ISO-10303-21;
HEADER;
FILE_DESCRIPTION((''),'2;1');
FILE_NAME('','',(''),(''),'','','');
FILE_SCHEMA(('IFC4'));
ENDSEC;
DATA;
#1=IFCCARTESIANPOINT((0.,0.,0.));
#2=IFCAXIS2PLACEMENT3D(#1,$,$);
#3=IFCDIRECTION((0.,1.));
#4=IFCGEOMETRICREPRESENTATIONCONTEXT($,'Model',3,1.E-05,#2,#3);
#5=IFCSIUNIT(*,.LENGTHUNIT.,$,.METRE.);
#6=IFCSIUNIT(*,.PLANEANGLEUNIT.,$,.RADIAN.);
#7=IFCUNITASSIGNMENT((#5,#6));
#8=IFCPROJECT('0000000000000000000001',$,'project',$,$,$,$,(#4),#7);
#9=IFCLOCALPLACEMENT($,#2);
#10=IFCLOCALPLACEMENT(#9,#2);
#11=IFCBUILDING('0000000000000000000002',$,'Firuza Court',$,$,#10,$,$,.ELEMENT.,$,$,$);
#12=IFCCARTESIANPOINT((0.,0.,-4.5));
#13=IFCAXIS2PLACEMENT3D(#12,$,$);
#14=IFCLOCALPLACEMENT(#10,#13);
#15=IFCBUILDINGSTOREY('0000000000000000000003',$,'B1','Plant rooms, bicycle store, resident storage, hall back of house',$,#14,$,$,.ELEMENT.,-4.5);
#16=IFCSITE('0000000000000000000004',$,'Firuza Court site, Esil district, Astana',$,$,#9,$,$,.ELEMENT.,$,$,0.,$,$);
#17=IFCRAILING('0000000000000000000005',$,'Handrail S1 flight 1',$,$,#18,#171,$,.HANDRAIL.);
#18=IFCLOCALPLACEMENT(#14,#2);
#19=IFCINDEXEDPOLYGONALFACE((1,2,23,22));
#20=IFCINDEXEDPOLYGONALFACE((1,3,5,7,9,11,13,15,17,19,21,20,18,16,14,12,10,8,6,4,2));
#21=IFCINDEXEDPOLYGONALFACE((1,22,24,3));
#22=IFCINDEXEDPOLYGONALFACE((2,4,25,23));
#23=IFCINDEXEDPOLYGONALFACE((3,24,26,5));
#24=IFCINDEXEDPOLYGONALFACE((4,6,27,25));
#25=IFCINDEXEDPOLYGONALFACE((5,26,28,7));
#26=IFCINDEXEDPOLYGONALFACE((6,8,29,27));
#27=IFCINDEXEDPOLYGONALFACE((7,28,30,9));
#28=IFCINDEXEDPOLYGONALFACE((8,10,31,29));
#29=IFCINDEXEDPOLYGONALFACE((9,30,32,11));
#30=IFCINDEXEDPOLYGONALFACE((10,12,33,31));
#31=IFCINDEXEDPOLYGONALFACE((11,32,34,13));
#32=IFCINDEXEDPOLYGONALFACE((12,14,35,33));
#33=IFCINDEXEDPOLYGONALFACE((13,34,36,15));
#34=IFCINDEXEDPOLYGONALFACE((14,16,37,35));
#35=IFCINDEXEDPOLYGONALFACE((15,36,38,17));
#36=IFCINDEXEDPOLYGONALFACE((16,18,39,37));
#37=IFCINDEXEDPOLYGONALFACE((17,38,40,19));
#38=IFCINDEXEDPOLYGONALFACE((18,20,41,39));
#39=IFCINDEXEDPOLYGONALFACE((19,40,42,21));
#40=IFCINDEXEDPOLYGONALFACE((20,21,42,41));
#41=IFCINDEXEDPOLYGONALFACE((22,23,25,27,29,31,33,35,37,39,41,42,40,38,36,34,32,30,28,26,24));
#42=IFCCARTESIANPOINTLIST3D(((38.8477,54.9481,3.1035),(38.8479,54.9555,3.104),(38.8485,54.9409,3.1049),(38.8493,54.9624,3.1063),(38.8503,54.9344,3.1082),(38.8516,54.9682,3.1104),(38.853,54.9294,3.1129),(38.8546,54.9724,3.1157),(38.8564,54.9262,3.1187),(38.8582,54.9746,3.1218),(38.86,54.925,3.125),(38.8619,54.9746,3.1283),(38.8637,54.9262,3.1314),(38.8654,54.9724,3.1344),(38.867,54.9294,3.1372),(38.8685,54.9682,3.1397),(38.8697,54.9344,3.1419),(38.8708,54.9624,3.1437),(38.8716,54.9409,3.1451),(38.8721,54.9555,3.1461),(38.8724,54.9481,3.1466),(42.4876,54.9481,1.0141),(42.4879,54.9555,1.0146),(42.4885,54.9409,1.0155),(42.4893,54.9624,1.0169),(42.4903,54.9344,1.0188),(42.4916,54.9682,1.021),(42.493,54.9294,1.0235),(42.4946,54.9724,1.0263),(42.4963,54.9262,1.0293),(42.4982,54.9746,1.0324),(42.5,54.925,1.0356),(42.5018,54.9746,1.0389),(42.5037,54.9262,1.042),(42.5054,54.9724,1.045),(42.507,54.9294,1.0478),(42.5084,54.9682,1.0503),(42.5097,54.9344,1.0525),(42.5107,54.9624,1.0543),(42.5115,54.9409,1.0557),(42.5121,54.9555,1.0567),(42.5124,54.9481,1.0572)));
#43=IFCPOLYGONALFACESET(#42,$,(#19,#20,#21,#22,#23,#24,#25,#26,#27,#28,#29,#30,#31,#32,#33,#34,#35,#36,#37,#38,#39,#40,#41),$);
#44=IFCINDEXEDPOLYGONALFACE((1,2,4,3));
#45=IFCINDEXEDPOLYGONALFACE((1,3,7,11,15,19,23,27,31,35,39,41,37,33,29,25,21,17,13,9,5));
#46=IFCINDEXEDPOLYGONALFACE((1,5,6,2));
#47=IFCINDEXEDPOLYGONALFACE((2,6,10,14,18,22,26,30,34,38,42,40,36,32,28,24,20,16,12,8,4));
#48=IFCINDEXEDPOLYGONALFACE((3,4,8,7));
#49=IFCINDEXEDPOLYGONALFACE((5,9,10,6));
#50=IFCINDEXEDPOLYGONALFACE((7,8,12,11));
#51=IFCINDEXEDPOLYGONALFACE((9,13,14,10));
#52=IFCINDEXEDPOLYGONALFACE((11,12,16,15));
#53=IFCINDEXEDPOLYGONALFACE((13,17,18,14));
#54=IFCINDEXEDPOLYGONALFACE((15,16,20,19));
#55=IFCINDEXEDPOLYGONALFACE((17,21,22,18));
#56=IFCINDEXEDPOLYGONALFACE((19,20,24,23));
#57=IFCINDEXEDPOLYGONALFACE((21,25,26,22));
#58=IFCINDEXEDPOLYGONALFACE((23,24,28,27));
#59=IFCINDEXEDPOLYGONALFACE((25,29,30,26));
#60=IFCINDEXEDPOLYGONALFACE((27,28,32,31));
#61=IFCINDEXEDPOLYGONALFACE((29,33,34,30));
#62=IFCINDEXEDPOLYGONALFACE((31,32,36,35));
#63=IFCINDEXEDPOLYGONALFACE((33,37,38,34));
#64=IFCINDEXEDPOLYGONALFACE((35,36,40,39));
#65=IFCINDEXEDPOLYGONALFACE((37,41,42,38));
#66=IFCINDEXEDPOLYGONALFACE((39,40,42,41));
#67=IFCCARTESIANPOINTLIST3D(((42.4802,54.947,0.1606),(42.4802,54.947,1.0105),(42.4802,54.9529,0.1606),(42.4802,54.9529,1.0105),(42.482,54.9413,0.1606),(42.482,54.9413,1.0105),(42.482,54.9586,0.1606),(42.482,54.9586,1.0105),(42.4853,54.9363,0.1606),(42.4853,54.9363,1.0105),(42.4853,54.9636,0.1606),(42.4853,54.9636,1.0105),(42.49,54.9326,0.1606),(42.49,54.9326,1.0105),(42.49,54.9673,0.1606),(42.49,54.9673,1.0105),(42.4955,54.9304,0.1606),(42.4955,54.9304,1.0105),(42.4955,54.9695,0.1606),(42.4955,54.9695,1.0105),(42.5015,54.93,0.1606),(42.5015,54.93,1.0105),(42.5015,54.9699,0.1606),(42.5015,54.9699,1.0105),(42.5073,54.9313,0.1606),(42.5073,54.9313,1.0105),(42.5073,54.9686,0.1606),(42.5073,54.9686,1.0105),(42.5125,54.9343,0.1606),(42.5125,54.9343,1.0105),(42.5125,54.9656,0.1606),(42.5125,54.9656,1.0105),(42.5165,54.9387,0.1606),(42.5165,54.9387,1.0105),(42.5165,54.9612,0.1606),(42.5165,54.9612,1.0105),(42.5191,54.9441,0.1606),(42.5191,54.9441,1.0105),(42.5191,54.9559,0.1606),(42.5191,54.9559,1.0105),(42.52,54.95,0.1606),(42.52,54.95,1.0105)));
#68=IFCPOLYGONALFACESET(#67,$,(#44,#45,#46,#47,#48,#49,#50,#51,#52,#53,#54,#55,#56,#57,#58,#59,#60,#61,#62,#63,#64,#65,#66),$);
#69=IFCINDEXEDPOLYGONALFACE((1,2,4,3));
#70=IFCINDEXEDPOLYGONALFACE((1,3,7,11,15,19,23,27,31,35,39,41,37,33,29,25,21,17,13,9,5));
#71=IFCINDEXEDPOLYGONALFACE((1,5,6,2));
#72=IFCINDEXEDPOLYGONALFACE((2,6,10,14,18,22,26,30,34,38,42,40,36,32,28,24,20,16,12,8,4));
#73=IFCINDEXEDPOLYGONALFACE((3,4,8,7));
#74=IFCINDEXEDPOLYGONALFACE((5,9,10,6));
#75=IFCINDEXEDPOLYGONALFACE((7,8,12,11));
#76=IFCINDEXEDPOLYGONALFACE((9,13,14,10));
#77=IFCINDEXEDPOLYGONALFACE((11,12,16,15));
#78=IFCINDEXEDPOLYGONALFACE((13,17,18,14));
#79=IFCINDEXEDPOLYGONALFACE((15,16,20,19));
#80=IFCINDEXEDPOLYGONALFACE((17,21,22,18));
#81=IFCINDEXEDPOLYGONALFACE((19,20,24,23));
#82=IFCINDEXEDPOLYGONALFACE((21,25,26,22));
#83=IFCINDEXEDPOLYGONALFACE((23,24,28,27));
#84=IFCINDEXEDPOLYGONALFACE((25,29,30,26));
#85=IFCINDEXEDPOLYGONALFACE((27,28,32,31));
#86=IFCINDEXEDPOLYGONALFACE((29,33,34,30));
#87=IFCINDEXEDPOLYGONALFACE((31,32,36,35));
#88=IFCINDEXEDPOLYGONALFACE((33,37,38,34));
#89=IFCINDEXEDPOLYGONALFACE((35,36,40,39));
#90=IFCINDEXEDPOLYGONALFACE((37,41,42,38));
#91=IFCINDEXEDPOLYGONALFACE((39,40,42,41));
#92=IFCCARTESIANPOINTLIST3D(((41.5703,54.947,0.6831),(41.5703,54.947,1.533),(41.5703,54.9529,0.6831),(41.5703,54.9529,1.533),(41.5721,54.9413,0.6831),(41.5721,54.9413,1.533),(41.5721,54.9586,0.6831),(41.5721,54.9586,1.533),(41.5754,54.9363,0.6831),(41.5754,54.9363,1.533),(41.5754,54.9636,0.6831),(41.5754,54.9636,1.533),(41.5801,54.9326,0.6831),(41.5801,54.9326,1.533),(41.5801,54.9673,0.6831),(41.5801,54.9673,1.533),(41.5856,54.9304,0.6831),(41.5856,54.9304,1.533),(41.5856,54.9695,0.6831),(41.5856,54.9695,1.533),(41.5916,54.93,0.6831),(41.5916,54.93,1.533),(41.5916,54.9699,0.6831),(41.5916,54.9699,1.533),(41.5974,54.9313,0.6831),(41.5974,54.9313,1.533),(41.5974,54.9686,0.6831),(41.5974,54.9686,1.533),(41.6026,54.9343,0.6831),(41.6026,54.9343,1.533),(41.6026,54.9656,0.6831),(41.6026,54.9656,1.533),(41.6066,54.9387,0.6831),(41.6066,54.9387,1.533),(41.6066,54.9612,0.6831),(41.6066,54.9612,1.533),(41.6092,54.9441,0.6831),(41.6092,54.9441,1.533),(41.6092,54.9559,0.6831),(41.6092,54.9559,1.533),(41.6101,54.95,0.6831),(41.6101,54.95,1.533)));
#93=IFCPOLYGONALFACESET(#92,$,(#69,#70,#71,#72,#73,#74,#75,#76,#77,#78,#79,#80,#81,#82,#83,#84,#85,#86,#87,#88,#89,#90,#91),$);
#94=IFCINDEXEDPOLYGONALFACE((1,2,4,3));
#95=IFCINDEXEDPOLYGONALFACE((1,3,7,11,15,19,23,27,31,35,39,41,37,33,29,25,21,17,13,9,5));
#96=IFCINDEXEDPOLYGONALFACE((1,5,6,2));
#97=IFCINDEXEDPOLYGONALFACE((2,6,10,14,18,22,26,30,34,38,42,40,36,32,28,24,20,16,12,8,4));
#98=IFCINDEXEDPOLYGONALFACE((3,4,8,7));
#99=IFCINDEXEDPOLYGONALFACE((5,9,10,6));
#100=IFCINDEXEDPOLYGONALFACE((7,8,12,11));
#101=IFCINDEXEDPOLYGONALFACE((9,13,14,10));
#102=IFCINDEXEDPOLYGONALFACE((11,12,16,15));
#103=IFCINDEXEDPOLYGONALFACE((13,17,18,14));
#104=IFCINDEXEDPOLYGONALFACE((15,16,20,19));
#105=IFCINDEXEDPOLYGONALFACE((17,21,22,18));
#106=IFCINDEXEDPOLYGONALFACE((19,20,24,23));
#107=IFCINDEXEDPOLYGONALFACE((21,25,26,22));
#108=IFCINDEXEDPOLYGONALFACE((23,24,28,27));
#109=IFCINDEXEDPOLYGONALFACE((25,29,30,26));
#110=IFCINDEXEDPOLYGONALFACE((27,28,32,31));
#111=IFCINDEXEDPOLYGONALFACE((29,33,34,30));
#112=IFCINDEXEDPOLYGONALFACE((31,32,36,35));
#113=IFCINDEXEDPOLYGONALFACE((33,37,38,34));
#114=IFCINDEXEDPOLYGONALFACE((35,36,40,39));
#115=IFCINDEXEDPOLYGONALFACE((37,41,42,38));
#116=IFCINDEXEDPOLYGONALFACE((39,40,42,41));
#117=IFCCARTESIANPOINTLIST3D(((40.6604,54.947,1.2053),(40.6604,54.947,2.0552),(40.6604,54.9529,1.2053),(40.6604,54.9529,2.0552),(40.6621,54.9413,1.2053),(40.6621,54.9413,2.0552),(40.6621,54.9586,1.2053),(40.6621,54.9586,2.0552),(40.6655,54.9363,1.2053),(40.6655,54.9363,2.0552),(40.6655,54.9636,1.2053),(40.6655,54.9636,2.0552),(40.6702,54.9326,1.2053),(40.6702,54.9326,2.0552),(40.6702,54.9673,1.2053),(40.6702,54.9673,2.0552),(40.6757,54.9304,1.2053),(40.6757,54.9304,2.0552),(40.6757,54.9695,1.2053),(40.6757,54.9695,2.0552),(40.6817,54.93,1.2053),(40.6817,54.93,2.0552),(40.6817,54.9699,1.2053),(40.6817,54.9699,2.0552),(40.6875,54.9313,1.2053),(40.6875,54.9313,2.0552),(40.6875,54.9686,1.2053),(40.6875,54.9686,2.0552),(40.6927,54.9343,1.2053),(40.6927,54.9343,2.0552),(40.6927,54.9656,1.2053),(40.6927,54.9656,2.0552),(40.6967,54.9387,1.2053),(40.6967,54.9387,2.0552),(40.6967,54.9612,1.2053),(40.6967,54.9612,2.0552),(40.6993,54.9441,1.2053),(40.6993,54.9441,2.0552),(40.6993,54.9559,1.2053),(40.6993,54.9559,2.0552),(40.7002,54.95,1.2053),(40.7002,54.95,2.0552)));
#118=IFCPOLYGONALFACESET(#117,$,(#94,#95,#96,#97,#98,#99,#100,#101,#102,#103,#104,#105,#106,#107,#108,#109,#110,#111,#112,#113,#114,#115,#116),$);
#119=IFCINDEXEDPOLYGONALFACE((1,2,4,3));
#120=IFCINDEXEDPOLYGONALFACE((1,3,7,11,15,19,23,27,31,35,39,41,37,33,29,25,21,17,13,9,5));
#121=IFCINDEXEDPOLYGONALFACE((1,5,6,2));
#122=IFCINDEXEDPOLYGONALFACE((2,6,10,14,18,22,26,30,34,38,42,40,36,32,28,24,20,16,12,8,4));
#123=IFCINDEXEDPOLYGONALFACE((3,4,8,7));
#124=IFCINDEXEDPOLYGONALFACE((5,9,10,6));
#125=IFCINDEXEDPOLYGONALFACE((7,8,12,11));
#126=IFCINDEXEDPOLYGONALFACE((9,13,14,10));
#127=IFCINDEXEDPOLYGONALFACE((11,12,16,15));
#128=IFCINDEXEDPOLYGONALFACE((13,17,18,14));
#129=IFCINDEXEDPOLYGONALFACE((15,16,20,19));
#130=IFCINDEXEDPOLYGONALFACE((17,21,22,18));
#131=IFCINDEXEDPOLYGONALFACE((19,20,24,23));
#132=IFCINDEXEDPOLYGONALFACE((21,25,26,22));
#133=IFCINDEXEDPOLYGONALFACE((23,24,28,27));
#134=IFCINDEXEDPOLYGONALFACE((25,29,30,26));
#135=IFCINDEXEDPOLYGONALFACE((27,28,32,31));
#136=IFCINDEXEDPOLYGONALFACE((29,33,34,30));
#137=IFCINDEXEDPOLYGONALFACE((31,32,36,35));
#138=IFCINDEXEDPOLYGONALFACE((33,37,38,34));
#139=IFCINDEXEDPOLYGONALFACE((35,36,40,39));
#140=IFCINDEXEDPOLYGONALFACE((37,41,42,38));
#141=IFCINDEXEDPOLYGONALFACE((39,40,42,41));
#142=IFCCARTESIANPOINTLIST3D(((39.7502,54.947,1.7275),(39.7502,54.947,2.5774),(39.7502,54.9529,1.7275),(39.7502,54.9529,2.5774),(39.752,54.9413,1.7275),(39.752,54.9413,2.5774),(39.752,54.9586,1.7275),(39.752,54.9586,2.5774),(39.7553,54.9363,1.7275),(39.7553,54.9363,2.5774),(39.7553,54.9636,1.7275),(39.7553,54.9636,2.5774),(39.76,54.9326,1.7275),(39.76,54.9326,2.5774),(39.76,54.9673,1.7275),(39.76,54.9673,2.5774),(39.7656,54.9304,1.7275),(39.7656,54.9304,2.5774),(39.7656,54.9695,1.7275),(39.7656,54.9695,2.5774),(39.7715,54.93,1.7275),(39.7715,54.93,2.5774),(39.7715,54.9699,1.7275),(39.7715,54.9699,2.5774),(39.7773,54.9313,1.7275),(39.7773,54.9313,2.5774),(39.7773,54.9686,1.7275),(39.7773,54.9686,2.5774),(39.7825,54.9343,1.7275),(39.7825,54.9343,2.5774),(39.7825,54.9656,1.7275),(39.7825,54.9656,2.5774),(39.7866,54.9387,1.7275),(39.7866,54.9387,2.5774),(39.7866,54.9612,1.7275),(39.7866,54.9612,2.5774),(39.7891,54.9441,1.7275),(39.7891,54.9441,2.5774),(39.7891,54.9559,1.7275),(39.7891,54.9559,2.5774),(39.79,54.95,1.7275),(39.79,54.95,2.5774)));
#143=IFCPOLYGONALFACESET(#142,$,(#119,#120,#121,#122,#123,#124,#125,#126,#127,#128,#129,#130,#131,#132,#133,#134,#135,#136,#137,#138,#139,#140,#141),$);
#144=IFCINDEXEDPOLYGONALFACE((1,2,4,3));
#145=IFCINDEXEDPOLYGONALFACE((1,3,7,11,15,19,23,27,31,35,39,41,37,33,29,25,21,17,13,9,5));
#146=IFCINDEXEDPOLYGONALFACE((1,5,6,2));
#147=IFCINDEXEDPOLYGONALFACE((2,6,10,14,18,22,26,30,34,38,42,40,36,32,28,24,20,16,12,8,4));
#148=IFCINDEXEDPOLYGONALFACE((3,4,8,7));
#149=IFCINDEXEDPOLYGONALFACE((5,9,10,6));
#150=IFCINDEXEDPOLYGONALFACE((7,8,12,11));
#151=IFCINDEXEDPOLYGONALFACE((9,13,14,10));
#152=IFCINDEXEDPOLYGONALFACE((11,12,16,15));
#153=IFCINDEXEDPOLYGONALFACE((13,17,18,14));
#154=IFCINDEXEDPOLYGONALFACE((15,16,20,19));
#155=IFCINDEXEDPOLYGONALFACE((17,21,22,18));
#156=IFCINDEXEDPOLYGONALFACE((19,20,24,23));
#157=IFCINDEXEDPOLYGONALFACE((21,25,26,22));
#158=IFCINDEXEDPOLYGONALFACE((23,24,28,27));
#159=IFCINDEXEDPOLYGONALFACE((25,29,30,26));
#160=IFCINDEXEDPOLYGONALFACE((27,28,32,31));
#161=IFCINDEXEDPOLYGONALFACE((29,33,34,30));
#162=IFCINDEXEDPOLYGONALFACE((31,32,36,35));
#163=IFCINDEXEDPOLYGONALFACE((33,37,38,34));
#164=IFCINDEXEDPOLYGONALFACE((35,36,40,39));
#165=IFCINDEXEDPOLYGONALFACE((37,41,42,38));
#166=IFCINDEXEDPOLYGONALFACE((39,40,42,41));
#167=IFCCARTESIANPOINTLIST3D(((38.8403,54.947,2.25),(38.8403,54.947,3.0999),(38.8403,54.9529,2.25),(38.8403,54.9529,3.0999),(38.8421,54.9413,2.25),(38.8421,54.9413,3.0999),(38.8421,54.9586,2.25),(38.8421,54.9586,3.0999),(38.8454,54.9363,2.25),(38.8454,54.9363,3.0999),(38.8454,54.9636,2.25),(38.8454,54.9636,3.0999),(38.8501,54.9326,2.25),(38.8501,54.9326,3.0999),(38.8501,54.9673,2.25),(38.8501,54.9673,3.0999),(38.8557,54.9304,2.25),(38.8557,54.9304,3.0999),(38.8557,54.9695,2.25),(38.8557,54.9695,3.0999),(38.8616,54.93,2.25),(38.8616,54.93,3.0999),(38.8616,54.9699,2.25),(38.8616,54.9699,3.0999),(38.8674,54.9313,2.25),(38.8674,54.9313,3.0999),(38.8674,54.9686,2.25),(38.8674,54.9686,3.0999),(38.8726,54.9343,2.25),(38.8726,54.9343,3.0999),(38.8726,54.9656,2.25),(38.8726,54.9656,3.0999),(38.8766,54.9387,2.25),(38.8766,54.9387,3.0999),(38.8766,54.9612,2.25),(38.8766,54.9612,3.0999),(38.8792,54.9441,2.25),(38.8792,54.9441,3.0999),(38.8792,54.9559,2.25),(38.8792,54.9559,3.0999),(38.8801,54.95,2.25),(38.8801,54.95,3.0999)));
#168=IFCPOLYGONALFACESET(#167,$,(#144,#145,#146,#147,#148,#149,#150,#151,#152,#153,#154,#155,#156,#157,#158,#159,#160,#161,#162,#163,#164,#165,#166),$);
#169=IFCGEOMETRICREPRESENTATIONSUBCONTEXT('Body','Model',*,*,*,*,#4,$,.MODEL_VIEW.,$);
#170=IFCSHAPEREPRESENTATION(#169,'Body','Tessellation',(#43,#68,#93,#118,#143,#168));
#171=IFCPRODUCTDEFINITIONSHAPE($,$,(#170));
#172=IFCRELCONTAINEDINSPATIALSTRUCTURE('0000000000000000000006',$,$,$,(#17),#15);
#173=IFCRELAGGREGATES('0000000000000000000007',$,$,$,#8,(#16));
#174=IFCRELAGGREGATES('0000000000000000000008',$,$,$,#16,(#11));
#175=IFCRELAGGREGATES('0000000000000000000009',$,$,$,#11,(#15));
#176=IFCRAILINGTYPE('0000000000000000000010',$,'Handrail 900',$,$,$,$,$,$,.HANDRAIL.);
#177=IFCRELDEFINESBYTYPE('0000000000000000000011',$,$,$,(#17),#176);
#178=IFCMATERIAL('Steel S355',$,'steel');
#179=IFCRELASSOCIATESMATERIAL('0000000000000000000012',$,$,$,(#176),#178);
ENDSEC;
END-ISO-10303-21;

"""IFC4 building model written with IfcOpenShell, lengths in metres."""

from ifc_helpers import new_model, si_unit, direction, frame, origin, origin_2d, place, context, subcontext, project, spatial, circle, extrude, material, type_object, element, save


model = new_model("IFC4")

# Units and contexts
model_context = context("Model", 3, precision=1e-05, world=origin(), true_north=direction((0.0, 1.0)))
body_context = subcontext(model_context, "Body", "Model", "MODEL_VIEW")
ifc_project = project(units=[si_unit("LENGTHUNIT", "METRE"), si_unit("PLANEANGLEUNIT", "RADIAN")], contexts=[model_context])

# Site, building, storey
site_placement = place(None, origin())
site = spatial("IfcSite", under=ifc_project, at=site_placement, Name="Firuza Court site, Esil district, Astana", CompositionType="ELEMENT", RefElevation=0.0)
building_placement = place(site_placement, origin())
building = spatial("IfcBuilding", under=site, at=building_placement, Name="Firuza Court", CompositionType="ELEMENT")
storey_placement = place(building_placement, frame((0.0, 0.0, -4.5)))
storey = spatial("IfcBuildingStorey", under=building, at=storey_placement, Name="B1", Description="Plant rooms, bicycle store, resident storage, hall back of house", CompositionType="ELEMENT", Elevation=-4.5)

# Railing
ifc_material_1 = material(Name="Steel S355", Category="steel")
railing_type_1 = type_object("IfcRailingType", Name="Handrail 900", PredefinedType="HANDRAIL", material=ifc_material_1)
railing_1_placement = place(storey_placement, frame((42.5, 54.95, 0.1606)))
element("IfcRailing", 1, at=railing_1_placement, inside=storey, type_object=railing_type_1, Name="Handrail S1 flight 1", PredefinedType="HANDRAIL", context=body_context, shape_type="SweptSolid", body=[
    extrude(circle(Radius=0.0249, at=origin_2d()), frame((0.0, 0.0, 0.875), z_axis=(-0.867275, 0.0, 0.497829), x_axis=(0.0, -1.0, 0.0)), (0.0, 0.0, 1.0), 4.197),
    extrude(circle(Radius=0.02, at=origin_2d()), origin(), (0.0, 0.0, 1.0), 0.8499),
    extrude(circle(Radius=0.02, at=origin_2d()), frame((-0.9099, 0.0, 0.5225)), (0.0, 0.0, 1.0), 0.8499),
    extrude(circle(Radius=0.02, at=origin_2d()), frame((-1.8198, 0.0, 1.0447)), (0.0, 0.0, 1.0), 0.8499),
    extrude(circle(Radius=0.02, at=origin_2d()), frame((-2.73, 0.0, 1.5669)), (0.0, 0.0, 1.0), 0.8499),
    extrude(circle(Radius=0.02, at=origin_2d()), frame((-3.6399, 0.0, 2.0894)), (0.0, 0.0, 1.0), 0.8499),
])

save(model, "model.ifc")
